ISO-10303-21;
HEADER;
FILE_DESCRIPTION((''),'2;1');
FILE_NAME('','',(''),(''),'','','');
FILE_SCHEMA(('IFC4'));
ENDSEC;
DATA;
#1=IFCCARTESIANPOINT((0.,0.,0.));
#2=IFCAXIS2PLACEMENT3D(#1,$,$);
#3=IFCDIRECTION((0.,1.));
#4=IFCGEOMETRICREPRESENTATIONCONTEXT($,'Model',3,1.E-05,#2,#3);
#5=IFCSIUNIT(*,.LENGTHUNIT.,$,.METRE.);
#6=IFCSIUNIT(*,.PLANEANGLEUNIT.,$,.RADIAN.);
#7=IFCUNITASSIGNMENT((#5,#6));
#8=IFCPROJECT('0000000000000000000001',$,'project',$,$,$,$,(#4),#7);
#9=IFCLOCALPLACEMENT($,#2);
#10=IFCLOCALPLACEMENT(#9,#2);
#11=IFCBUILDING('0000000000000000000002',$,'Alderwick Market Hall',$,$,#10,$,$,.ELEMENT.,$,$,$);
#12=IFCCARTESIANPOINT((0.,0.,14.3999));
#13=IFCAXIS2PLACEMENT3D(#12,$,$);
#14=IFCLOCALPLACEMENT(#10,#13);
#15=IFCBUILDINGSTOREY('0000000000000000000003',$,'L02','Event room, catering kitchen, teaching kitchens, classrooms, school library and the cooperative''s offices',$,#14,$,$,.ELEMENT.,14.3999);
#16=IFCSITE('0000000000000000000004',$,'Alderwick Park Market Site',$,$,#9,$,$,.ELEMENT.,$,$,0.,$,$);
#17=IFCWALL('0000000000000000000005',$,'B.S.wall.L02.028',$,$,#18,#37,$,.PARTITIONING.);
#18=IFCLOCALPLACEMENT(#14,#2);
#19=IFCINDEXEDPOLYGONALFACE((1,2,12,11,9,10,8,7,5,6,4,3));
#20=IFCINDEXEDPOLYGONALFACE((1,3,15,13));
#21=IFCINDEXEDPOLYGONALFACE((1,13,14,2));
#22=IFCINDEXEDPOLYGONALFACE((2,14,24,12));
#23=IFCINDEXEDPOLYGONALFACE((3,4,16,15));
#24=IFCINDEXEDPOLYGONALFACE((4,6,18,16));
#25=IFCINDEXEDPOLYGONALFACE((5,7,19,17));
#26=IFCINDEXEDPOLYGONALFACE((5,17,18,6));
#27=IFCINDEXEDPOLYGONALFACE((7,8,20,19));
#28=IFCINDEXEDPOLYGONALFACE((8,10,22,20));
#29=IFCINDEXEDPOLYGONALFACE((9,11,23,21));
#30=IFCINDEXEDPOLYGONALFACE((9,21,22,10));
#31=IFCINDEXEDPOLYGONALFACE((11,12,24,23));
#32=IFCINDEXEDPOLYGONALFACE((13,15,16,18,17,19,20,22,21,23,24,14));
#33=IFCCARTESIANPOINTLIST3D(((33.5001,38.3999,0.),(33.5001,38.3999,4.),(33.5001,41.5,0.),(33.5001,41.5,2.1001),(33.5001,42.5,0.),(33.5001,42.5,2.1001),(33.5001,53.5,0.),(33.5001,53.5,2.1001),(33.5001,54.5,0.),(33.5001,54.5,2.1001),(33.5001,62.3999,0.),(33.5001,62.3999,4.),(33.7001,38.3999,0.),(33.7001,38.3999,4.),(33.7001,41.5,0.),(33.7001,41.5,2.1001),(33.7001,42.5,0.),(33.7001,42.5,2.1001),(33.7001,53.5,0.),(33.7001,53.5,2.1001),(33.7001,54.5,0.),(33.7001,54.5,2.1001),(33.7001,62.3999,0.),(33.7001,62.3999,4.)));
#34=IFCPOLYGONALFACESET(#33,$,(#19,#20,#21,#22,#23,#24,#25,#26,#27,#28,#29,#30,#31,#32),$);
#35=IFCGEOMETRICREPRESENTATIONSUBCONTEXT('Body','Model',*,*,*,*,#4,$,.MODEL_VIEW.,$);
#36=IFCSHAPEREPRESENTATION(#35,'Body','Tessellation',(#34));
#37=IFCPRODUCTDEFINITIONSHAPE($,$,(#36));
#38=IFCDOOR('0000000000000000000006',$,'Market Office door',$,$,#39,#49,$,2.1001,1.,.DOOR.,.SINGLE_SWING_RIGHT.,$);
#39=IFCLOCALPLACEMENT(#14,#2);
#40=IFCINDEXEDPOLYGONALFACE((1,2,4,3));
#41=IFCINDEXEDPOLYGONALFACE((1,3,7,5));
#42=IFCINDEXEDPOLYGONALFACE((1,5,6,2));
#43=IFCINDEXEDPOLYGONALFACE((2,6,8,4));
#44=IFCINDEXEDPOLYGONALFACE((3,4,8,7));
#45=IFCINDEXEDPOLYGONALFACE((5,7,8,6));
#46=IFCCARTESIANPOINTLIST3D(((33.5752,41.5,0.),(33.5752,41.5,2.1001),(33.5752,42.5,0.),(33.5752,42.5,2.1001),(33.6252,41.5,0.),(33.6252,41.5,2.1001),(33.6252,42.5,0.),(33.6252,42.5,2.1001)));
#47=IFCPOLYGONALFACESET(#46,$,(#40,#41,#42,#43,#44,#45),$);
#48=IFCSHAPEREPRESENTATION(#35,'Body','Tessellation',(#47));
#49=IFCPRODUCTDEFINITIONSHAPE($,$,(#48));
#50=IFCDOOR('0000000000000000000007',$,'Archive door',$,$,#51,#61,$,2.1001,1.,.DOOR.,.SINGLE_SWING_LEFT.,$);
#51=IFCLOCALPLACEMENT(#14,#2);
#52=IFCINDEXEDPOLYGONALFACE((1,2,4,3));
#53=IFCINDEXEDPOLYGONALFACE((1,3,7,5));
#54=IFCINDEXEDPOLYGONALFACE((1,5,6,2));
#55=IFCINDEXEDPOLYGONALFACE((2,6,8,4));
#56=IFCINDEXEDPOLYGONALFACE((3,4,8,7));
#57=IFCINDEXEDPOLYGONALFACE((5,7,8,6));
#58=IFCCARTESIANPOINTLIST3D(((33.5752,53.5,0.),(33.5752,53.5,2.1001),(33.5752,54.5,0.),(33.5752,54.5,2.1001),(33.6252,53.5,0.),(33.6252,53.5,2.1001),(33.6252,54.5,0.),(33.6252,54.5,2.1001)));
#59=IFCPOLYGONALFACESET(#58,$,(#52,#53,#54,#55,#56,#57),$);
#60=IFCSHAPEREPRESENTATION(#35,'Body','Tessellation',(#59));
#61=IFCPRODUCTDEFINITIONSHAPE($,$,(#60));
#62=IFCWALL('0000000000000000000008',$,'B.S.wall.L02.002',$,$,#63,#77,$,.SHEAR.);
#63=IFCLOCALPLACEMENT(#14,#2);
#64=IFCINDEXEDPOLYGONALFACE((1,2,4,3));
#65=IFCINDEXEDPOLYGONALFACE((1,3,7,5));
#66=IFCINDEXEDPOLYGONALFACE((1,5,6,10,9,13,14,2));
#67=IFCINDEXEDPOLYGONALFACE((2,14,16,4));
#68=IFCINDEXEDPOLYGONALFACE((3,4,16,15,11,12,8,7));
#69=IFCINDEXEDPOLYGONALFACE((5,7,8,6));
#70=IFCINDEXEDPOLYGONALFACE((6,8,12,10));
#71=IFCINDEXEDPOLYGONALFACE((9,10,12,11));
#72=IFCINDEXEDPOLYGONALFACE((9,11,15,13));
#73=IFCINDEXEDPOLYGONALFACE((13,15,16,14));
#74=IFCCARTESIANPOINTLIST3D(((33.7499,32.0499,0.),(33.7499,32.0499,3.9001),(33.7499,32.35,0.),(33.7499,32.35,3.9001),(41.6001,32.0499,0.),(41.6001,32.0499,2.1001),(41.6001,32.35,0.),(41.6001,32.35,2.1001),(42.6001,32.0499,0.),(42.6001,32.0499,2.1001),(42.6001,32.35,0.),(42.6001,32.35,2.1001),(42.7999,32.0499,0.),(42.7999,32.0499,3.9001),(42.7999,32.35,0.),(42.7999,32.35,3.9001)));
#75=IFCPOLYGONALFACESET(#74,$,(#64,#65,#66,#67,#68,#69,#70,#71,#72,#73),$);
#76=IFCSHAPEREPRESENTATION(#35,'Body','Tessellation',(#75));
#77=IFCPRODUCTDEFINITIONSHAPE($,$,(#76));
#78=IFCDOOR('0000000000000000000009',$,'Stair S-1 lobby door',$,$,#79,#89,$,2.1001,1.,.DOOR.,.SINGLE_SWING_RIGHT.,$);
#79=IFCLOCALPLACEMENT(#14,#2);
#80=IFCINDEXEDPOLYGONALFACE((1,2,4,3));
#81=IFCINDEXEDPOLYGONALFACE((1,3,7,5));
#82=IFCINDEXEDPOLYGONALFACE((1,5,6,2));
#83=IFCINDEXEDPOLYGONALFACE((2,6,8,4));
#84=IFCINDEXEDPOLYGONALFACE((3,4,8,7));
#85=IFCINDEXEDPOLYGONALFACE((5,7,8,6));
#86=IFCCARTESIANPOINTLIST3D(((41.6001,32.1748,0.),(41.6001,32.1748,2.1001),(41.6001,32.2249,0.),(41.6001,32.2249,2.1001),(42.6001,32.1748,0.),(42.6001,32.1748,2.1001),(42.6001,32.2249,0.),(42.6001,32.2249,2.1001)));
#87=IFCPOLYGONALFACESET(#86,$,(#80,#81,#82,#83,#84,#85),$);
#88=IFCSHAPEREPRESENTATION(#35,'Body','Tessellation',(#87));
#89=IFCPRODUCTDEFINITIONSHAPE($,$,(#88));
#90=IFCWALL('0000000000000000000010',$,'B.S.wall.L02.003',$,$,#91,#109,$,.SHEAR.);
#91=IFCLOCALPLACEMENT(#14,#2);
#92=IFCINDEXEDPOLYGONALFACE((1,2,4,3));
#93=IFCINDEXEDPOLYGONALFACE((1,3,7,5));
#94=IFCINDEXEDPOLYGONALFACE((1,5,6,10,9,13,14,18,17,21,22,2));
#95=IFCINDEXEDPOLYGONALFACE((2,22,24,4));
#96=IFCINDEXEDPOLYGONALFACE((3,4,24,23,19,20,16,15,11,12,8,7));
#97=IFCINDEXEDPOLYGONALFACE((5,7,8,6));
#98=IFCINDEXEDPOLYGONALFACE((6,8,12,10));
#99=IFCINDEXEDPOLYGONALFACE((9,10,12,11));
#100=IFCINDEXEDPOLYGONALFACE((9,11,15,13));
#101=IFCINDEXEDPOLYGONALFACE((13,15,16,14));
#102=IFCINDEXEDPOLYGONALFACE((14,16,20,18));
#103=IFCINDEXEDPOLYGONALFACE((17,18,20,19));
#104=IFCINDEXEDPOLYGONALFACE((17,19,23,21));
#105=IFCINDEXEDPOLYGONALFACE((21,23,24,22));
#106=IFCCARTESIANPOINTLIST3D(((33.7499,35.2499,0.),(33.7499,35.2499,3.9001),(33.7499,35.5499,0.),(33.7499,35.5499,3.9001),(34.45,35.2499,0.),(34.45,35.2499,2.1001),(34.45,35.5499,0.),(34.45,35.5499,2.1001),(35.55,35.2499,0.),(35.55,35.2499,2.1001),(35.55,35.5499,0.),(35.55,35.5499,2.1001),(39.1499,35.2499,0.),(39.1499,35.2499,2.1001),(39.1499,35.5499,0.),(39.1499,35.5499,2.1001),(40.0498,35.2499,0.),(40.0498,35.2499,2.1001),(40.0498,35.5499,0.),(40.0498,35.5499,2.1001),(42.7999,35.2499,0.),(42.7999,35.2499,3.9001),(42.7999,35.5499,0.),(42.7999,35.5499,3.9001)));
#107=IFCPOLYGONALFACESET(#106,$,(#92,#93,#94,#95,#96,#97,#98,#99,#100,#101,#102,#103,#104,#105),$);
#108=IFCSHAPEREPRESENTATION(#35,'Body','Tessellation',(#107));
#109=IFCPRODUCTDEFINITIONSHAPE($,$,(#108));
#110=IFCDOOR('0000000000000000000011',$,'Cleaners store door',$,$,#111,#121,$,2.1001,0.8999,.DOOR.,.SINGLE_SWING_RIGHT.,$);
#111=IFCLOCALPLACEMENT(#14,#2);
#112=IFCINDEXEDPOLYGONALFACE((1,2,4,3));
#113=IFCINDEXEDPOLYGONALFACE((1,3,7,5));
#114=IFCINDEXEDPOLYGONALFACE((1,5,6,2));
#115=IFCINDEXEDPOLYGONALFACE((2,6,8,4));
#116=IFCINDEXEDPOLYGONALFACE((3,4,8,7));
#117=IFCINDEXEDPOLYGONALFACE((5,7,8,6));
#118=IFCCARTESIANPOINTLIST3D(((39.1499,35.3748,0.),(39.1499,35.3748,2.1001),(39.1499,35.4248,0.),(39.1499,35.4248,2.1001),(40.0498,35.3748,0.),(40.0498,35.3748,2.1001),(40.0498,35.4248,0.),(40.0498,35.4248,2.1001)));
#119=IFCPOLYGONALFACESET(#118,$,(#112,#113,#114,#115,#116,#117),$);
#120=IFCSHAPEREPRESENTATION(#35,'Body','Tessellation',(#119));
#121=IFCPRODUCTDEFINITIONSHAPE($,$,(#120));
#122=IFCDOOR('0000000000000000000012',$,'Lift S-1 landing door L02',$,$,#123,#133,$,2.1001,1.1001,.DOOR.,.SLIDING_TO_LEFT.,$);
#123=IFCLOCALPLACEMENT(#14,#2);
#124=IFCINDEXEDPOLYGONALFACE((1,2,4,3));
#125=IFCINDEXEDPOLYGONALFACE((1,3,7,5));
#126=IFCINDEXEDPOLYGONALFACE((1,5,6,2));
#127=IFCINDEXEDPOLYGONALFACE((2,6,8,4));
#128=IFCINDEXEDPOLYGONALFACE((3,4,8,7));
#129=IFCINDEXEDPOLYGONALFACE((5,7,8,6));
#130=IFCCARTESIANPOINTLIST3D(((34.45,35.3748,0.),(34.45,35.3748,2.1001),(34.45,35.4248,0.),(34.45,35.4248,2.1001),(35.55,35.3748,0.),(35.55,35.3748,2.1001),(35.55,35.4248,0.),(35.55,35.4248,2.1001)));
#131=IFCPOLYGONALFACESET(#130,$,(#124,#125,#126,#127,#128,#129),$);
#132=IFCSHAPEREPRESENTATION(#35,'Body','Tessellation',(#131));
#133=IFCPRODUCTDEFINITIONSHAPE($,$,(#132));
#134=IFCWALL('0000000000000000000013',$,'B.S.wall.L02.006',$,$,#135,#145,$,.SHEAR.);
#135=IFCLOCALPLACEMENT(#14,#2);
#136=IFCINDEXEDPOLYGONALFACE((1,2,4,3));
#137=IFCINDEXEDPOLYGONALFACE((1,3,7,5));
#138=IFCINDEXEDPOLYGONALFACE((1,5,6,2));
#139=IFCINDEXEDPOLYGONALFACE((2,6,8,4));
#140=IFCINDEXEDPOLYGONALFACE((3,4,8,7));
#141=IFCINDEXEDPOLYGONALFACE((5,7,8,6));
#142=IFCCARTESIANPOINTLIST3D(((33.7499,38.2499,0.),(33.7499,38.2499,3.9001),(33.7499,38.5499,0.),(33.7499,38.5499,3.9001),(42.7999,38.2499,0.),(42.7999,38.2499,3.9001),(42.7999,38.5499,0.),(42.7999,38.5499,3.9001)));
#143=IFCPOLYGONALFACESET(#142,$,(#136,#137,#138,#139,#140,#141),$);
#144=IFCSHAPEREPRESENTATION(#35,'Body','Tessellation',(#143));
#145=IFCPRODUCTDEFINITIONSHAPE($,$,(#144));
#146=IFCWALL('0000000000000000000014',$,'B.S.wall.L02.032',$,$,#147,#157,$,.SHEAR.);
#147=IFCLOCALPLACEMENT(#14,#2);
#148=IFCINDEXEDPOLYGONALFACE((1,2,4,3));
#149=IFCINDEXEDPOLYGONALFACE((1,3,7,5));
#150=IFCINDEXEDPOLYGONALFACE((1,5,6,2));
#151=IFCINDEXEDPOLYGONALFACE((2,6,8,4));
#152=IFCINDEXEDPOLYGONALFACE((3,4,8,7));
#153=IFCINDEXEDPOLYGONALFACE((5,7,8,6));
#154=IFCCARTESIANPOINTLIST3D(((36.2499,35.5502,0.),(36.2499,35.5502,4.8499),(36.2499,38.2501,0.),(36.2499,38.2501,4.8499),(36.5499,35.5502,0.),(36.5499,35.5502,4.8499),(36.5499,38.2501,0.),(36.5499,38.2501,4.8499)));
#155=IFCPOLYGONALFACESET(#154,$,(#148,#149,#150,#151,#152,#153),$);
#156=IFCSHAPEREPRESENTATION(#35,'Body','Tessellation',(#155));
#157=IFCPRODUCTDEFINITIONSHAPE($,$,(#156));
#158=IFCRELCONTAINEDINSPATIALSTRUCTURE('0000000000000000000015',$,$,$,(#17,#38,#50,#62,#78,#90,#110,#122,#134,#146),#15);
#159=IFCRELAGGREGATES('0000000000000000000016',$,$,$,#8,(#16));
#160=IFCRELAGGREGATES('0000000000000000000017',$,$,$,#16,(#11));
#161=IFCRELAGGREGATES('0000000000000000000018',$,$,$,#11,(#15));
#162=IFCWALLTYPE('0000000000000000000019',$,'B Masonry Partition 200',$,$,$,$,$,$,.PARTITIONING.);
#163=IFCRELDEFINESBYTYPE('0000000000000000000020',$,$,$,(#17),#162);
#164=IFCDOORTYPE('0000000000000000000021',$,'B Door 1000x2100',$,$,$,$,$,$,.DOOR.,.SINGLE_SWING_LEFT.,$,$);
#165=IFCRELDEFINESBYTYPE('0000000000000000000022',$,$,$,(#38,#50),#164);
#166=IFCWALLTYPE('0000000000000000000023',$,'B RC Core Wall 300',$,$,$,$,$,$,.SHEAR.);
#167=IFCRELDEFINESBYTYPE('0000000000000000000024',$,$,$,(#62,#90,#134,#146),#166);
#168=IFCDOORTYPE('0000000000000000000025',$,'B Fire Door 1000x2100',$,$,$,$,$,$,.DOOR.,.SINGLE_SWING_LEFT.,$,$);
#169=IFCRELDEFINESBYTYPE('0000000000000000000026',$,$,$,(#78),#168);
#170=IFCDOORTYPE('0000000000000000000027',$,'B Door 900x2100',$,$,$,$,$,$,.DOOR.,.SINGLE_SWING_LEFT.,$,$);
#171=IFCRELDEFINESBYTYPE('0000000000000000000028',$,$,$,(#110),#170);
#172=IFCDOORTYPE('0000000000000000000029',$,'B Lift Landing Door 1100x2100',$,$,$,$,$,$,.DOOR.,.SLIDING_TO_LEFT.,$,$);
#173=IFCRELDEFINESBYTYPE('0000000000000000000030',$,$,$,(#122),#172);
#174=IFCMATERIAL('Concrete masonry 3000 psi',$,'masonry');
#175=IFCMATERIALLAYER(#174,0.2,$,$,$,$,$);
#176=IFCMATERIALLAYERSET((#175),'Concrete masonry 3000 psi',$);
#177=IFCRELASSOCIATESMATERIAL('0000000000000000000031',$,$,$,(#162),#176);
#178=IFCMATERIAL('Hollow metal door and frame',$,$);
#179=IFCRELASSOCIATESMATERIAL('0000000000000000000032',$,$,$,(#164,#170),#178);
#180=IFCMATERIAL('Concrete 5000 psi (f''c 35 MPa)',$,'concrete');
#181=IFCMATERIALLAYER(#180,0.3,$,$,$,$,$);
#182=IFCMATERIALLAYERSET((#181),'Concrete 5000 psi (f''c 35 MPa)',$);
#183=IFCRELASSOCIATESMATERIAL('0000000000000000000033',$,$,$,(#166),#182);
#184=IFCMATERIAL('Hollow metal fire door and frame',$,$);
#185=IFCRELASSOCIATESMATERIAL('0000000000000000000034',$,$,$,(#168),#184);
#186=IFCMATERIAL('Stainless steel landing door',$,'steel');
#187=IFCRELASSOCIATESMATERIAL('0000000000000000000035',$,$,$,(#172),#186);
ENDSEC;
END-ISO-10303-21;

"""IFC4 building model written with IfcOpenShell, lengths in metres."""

from ifc_helpers import new_model, si_unit, direction, frame, frame_2d, origin, place, context, subcontext, project, spatial, rectangle, extrude, material, layer, layer_set, type_object, element, fill, save


model = new_model("IFC4")

# Units and contexts
model_context = context("Model", 3, precision=1e-05, world=origin(), true_north=direction((0.0, 1.0)))
body_context = subcontext(model_context, "Body", "Model", "MODEL_VIEW")
ifc_project = project(units=[si_unit("LENGTHUNIT", "METRE"), si_unit("PLANEANGLEUNIT", "RADIAN")], contexts=[model_context])

# Site, building, storey
site_placement = place(None, origin())
site = spatial("IfcSite", under=ifc_project, at=site_placement, Name="Alderwick Park Market Site", CompositionType="ELEMENT", RefElevation=0.0)
building_placement = place(site_placement, origin())
building = spatial("IfcBuilding", under=site, at=building_placement, Name="Alderwick Market Hall", CompositionType="ELEMENT")
storey_placement = place(building_placement, frame((0.0, 0.0, 14.3999)))
storey = spatial("IfcBuildingStorey", under=building, at=storey_placement, Name="L02", Description="Event room, catering kitchen, teaching kitchens, classrooms, school library and the cooperative's offices", CompositionType="ELEMENT", Elevation=14.3999)

# Shared definitions
ifc_material_1 = material(Name="Concrete 5000 psi (f'c 35 MPa)", Category="concrete")

# Shared definitions
ifc_material_2 = material(Name="Concrete masonry 3000 psi", Category="masonry")
ifc_layer_1 = layer(ifc_material_2, 0.2)
ifc_layer_set_1 = layer_set([ifc_layer_1], Name="Concrete masonry 3000 psi")
wall_type_1 = type_object("IfcWallType", Name="B Masonry Partition 200", PredefinedType="PARTITIONING", material=ifc_layer_set_1)

# Wall, openings, doors
wall_1_placement = place(storey_placement, frame((33.6001, 38.3999, 0.0), z_axis=(0.0, 0.0, 1.0), x_axis=(0.0, 1.0, 0.0)))
wall_1 = element("IfcWall", 1, at=wall_1_placement, inside=storey, type_object=wall_type_1, Name="B.S.wall.L02.028", PredefinedType="PARTITIONING", context=body_context, shape_type="SweptSolid", body=[
    extrude(rectangle(XDim=24.0, YDim=0.2, at=frame_2d((12.0, 0.0))), origin(), (0.0, 0.0, 1.0), 4.0),
])
opening_1_placement = place(wall_1_placement, frame((3.1001, 0.0, 0.0)))
opening_1 = element("IfcOpeningElement", 2, at=opening_1_placement, cuts=wall_1, PredefinedType="OPENING", context=body_context, shape_type="SweptSolid", body=[
    extrude(rectangle(XDim=1.0, YDim=2.1001, at=frame_2d((0.5, 1.05))), frame((0.0, 0.1099, 0.0), z_axis=(0.0, -1.0, 0.0), x_axis=(1.0, 0.0, 0.0)), (0.0, 0.0, 1.0), 0.22),
])
opening_2_placement = place(wall_1_placement, frame((15.1001, 0.0, 0.0)))
opening_2 = element("IfcOpeningElement", 3, at=opening_2_placement, cuts=wall_1, PredefinedType="OPENING", context=body_context, shape_type="SweptSolid", body=[
    extrude(rectangle(XDim=1.0, YDim=2.1001, at=frame_2d((0.5, 1.05))), frame((0.0, 0.1099, 0.0), z_axis=(0.0, -1.0, 0.0), x_axis=(1.0, 0.0, 0.0)), (0.0, 0.0, 1.0), 0.22),
])
ifc_material_3 = material(Name="Hollow metal door and frame")
door_type_1 = type_object("IfcDoorType", Name="B Door 1000x2100", OperationType="SINGLE_SWING_LEFT", PredefinedType="DOOR", material=ifc_material_3)
door_1_placement = place(opening_1_placement, origin())
door_1 = element("IfcDoor", 4, at=door_1_placement, inside=storey, type_object=door_type_1, Name="Market Office door", OperationType="SINGLE_SWING_RIGHT", OverallHeight=2.1001, OverallWidth=1.0, PredefinedType="DOOR", context=body_context, shape_type="SweptSolid", body=[
    extrude(rectangle(XDim=1.0, YDim=2.1001, at=frame_2d((0.5, 1.05))), frame((0.0, 0.0249, 0.0), z_axis=(0.0, -1.0, 0.0), x_axis=(1.0, 0.0, 0.0)), (0.0, 0.0, 1.0), 0.05),
])
fill(opening_1, door_1)
door_2_placement = place(opening_2_placement, origin())
door_2 = element("IfcDoor", 5, at=door_2_placement, inside=storey, type_object=door_type_1, Name="Archive door", OperationType="SINGLE_SWING_LEFT", OverallHeight=2.1001, OverallWidth=1.0, PredefinedType="DOOR", context=body_context, shape_type="SweptSolid", body=[
    extrude(rectangle(XDim=1.0, YDim=2.1001, at=frame_2d((0.5, 1.05))), frame((0.0, 0.0249, 0.0), z_axis=(0.0, -1.0, 0.0), x_axis=(1.0, 0.0, 0.0)), (0.0, 0.0, 1.0), 0.05),
])
fill(opening_2, door_2)

# Wall, opening, door
ifc_layer_2 = layer(ifc_material_1, 0.3)
ifc_layer_set_2 = layer_set([ifc_layer_2], Name="Concrete 5000 psi (f'c 35 MPa)")
wall_type_2 = type_object("IfcWallType", Name="B RC Core Wall 300", PredefinedType="SHEAR", material=ifc_layer_set_2)
wall_2_placement = place(storey_placement, frame((33.75, 32.2, 0.0), z_axis=(0.0, 0.0, 1.0), x_axis=(1.0, 0.0, 0.0)))
wall_2 = element("IfcWall", 6, at=wall_2_placement, inside=storey, type_object=wall_type_2, Name="B.S.wall.L02.002", PredefinedType="SHEAR", context=body_context, shape_type="SweptSolid", body=[
    extrude(rectangle(XDim=9.05, YDim=0.3, at=frame_2d((4.5249, 0.0))), origin(), (0.0, 0.0, 1.0), 3.9001),
])
opening_3_placement = place(wall_2_placement, frame((7.8501, 0.0, 0.0)))
opening_3 = element("IfcOpeningElement", 7, at=opening_3_placement, cuts=wall_2, PredefinedType="OPENING", context=body_context, shape_type="SweptSolid", body=[
    extrude(rectangle(XDim=1.0, YDim=2.1001, at=frame_2d((0.5, 1.05))), frame((0.0, 0.1599, 0.0), z_axis=(0.0, -1.0, 0.0), x_axis=(1.0, 0.0, 0.0)), (0.0, 0.0, 1.0), 0.3201),
])
ifc_material_4 = material(Name="Hollow metal fire door and frame")
door_type_2 = type_object("IfcDoorType", Name="B Fire Door 1000x2100", OperationType="SINGLE_SWING_LEFT", PredefinedType="DOOR", material=ifc_material_4)
door_3_placement = place(opening_3_placement, origin())
door_3 = element("IfcDoor", 8, at=door_3_placement, inside=storey, type_object=door_type_2, Name="Stair S-1 lobby door", OperationType="SINGLE_SWING_RIGHT", OverallHeight=2.1001, OverallWidth=1.0, PredefinedType="DOOR", context=body_context, shape_type="SweptSolid", body=[
    extrude(rectangle(XDim=1.0, YDim=2.1001, at=frame_2d((0.5, 1.05))), frame((0.0, 0.0249, 0.0), z_axis=(0.0, -1.0, 0.0), x_axis=(1.0, 0.0, 0.0)), (0.0, 0.0, 1.0), 0.05),
])
fill(opening_3, door_3)

# Wall, openings, doors
wall_3_placement = place(storey_placement, frame((33.75, 35.3999, 0.0), z_axis=(0.0, 0.0, 1.0), x_axis=(1.0, 0.0, 0.0)))
wall_3 = element("IfcWall", 9, at=wall_3_placement, inside=storey, type_object=wall_type_2, Name="B.S.wall.L02.003", PredefinedType="SHEAR", context=body_context, shape_type="SweptSolid", body=[
    extrude(rectangle(XDim=9.05, YDim=0.3, at=frame_2d((4.5249, 0.0))), origin(), (0.0, 0.0, 1.0), 3.9001),
])
opening_4_placement = place(wall_3_placement, frame((0.7, 0.0, 0.0)))
opening_4 = element("IfcOpeningElement", 10, at=opening_4_placement, cuts=wall_3, PredefinedType="OPENING", context=body_context, shape_type="SweptSolid", body=[
    extrude(rectangle(XDim=1.1001, YDim=2.1001, at=frame_2d((0.55, 1.05))), frame((0.0, 0.1599, 0.0), z_axis=(0.0, -1.0, 0.0), x_axis=(1.0, 0.0, 0.0)), (0.0, 0.0, 1.0), 0.3201),
])
opening_5_placement = place(wall_3_placement, frame((5.3999, 0.0, 0.0)))
opening_5 = element("IfcOpeningElement", 11, at=opening_5_placement, cuts=wall_3, PredefinedType="OPENING", context=body_context, shape_type="SweptSolid", body=[
    extrude(rectangle(XDim=0.8999, YDim=2.1001, at=frame_2d((0.45, 1.05))), frame((0.0, 0.1599, 0.0), z_axis=(0.0, -1.0, 0.0), x_axis=(1.0, 0.0, 0.0)), (0.0, 0.0, 1.0), 0.3201),
])
door_type_3 = type_object("IfcDoorType", Name="B Door 900x2100", OperationType="SINGLE_SWING_LEFT", PredefinedType="DOOR", material=ifc_material_3)
door_4_placement = place(opening_5_placement, origin())
door_4 = element("IfcDoor", 12, at=door_4_placement, inside=storey, type_object=door_type_3, Name="Cleaners store door", OperationType="SINGLE_SWING_RIGHT", OverallHeight=2.1001, OverallWidth=0.8999, PredefinedType="DOOR", context=body_context, shape_type="SweptSolid", body=[
    extrude(rectangle(XDim=0.8999, YDim=2.1001, at=frame_2d((0.45, 1.05))), frame((0.0, 0.0249, 0.0), z_axis=(0.0, -1.0, 0.0), x_axis=(1.0, 0.0, 0.0)), (0.0, 0.0, 1.0), 0.05),
])
fill(opening_5, door_4)
ifc_material_5 = material(Name="Stainless steel landing door", Category="steel")
door_type_4 = type_object("IfcDoorType", Name="B Lift Landing Door 1100x2100", OperationType="SLIDING_TO_LEFT", PredefinedType="DOOR", material=ifc_material_5)
door_5_placement = place(opening_4_placement, origin())
door_5 = element("IfcDoor", 13, at=door_5_placement, inside=storey, type_object=door_type_4, Name="Lift S-1 landing door L02", OperationType="SLIDING_TO_LEFT", OverallHeight=2.1001, OverallWidth=1.1001, PredefinedType="DOOR", context=body_context, shape_type="SweptSolid", body=[
    extrude(rectangle(XDim=1.1001, YDim=2.1001, at=frame_2d((0.55, 1.05))), frame((0.0, 0.0249, 0.0), z_axis=(0.0, -1.0, 0.0), x_axis=(1.0, 0.0, 0.0)), (0.0, 0.0, 1.0), 0.05),
])
fill(opening_4, door_5)

# Walls
wall_4_placement = place(storey_placement, frame((33.75, 38.3999, 0.0), z_axis=(0.0, 0.0, 1.0), x_axis=(1.0, 0.0, 0.0)))
element("IfcWall", 14, at=wall_4_placement, inside=storey, type_object=wall_type_2, Name="B.S.wall.L02.006", PredefinedType="SHEAR", context=body_context, shape_type="SweptSolid", body=[
    extrude(rectangle(XDim=9.05, YDim=0.3, at=frame_2d((4.5249, 0.0))), origin(), (0.0, 0.0, 1.0), 3.9001),
])
wall_5_placement = place(storey_placement, frame((36.3999, 35.55, 0.0), z_axis=(0.0, 0.0, 1.0), x_axis=(0.0, 1.0, 0.0)))
element("IfcWall", 15, at=wall_5_placement, inside=storey, type_object=wall_type_2, Name="B.S.wall.L02.032", PredefinedType="SHEAR", context=body_context, shape_type="SweptSolid", body=[
    extrude(rectangle(XDim=2.7, YDim=0.3, at=frame_2d((1.3501, 0.0))), origin(), (0.0, 0.0, 1.0), 4.8499),
])

save(model, "model.ifc")
